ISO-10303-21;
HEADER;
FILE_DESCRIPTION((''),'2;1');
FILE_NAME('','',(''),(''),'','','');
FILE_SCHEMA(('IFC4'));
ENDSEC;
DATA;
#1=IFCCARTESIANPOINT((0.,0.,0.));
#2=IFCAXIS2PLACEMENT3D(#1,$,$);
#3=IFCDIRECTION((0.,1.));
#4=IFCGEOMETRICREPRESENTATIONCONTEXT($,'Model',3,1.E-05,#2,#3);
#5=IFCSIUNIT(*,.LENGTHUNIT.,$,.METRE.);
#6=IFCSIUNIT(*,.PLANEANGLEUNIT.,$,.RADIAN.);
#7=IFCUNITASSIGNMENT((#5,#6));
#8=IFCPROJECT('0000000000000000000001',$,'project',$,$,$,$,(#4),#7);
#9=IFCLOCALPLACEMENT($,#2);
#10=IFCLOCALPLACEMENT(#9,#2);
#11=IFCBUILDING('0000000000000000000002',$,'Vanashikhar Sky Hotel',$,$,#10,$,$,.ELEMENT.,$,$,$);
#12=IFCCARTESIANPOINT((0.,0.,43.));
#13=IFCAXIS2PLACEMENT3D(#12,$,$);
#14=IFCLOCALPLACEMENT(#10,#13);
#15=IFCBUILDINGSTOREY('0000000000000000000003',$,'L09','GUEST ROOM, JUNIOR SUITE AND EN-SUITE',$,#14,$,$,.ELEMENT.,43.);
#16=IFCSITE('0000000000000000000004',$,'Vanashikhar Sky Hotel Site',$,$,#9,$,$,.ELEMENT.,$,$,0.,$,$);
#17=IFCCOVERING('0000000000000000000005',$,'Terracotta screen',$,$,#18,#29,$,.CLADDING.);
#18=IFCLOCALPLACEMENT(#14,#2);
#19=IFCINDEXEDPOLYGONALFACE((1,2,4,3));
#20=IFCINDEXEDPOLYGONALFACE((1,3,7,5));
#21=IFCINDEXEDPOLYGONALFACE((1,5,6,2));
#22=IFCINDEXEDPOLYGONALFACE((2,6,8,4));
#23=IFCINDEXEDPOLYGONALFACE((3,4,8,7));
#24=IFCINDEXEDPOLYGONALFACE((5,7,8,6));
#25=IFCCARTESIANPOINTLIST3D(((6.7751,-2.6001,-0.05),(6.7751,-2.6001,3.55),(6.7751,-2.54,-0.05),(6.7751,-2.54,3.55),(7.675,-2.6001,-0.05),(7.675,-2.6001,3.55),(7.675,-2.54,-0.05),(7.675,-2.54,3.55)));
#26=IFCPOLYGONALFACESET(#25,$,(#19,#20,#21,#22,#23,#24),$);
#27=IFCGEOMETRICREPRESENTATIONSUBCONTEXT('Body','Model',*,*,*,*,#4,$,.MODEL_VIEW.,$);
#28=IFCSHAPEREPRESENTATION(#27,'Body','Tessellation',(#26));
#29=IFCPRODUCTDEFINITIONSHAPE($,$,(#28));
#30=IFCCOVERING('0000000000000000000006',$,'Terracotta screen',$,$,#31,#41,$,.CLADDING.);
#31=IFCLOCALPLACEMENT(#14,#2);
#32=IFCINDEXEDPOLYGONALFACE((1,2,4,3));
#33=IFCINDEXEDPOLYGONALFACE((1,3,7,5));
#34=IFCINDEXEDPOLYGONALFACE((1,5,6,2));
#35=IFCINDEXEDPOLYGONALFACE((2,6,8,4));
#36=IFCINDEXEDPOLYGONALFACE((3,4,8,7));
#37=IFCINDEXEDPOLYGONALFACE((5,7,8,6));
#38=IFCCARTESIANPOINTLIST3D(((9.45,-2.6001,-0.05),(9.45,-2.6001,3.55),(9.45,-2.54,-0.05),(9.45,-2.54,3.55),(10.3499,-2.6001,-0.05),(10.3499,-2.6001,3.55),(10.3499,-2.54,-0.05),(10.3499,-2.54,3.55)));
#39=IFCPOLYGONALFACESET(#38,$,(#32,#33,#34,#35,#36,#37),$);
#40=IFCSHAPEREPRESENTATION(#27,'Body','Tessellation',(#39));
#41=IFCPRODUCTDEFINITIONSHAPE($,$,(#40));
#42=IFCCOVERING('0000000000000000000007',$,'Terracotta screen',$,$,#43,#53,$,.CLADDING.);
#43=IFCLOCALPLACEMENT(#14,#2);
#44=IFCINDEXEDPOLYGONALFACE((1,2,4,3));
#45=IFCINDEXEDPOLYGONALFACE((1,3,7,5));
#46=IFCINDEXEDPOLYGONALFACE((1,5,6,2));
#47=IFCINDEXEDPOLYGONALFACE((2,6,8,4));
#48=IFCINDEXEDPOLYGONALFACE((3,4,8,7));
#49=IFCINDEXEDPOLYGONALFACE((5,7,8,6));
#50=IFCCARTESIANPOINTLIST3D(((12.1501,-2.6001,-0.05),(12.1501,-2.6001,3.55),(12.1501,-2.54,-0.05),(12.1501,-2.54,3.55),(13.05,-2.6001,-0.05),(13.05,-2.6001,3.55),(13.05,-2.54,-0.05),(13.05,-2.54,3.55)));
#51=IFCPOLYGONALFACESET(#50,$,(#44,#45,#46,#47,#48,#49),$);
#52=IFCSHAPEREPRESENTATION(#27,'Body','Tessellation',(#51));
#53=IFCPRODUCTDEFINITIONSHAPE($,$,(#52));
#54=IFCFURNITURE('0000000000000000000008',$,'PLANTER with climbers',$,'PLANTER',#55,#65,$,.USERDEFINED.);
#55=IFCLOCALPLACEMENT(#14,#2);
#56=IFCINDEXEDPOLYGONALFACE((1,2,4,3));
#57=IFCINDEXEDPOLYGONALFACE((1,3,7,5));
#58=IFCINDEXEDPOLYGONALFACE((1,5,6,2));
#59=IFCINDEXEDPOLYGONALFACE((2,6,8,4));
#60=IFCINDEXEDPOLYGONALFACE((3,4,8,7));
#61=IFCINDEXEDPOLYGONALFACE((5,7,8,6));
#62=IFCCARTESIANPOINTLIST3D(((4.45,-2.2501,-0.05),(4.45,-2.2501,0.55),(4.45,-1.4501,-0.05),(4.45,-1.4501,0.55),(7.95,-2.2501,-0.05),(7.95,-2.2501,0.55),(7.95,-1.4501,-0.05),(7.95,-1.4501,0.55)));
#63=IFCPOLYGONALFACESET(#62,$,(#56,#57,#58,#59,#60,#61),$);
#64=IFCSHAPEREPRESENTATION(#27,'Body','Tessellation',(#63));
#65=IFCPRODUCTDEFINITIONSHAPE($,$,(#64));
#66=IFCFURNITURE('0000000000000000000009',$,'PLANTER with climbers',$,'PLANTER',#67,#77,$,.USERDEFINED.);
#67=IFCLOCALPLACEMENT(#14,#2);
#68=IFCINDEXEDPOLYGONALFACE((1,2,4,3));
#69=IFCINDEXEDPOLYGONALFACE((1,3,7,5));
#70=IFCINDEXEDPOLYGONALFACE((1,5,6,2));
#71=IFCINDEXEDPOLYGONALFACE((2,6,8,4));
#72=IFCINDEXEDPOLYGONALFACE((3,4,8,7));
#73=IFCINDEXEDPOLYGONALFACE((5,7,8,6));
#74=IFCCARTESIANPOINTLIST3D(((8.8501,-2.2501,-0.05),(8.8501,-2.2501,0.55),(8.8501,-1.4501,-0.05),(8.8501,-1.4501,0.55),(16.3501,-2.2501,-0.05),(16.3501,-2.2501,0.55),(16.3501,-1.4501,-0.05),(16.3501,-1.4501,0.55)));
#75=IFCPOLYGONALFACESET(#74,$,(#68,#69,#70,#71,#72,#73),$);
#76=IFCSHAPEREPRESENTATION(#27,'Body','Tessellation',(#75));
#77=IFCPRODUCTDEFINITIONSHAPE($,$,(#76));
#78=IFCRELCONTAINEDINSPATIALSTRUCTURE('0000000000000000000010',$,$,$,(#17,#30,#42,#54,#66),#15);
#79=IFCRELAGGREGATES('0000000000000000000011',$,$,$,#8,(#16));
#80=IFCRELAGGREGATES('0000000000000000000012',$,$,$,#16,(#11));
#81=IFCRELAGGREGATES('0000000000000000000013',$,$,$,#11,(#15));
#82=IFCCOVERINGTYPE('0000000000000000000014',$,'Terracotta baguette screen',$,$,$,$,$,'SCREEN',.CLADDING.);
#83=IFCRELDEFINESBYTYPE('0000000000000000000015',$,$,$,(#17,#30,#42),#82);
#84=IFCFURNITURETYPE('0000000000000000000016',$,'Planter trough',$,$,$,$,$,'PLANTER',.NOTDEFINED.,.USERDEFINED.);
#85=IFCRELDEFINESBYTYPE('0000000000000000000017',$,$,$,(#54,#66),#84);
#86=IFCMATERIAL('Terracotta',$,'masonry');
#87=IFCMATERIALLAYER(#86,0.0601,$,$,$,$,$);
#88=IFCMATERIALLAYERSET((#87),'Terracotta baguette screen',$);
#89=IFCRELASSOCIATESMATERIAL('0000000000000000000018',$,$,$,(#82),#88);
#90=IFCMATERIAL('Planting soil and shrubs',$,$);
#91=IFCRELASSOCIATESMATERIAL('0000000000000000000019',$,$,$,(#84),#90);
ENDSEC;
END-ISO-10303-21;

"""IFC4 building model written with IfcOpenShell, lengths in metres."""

from ifc_helpers import new_model, si_unit, direction, frame, origin, origin_2d, place, context, subcontext, project, spatial, rectangle, extrude, source, transform, mapped, material, layer, layer_set, type_object, element, save


model = new_model("IFC4")

# Units and contexts
model_context = context("Model", 3, precision=1e-05, world=origin(), true_north=direction((0.0, 1.0)))
body_context = subcontext(model_context, "Body", "Model", "MODEL_VIEW")
ifc_project = project(units=[si_unit("LENGTHUNIT", "METRE"), si_unit("PLANEANGLEUNIT", "RADIAN")], contexts=[model_context])

# Site, building, storey
site_placement = place(None, origin())
site = spatial("IfcSite", under=ifc_project, at=site_placement, Name="Vanashikhar Sky Hotel Site", CompositionType="ELEMENT", RefElevation=0.0)
building_placement = place(site_placement, origin())
building = spatial("IfcBuilding", under=site, at=building_placement, Name="Vanashikhar Sky Hotel", CompositionType="ELEMENT")
storey_placement = place(building_placement, frame((0.0, 0.0, 43.0)))
storey = spatial("IfcBuildingStorey", under=building, at=storey_placement, Name="L09", Description="GUEST ROOM, JUNIOR SUITE AND EN-SUITE", CompositionType="ELEMENT", Elevation=43.0)

# Coverings
ifc_material_1 = material(Name="Terracotta", Category="masonry")
ifc_layer_1 = layer(ifc_material_1, 0.0601)
ifc_layer_set_1 = layer_set([ifc_layer_1], Name="Terracotta baguette screen")
covering_type = type_object("IfcCoveringType", Name="Terracotta baguette screen", ElementType="SCREEN", PredefinedType="CLADDING", material=ifc_layer_set_1)
shared_shape_1 = source(origin(), body_context, "Body", "SweptSolid", [
    extrude(rectangle(XDim=0.8999, YDim=0.0601, at=origin_2d()), origin(), (0.0, 0.0, 1.0), 3.6001),
])
for number, where, z_axis, x_axis, name in (
    (1, (7.2251, -2.5701, -0.05), (0.0, 0.0, 1.0), (1.0, 0.0, 0.0), "Terracotta screen"),
    (2, (9.8999, -2.5701, -0.05), (0.0, 0.0, 1.0), (1.0, 0.0, 0.0), "Terracotta screen"),
    (3, (12.6001, -2.5701, -0.05), (0.0, 0.0, 1.0), (1.0, 0.0, 0.0), "Terracotta screen"),
):
    element("IfcCovering", number, at=place(storey_placement, frame(where, z_axis=z_axis, x_axis=x_axis)), inside=storey, type_object=covering_type, Name=name, PredefinedType="CLADDING", context=body_context, shape_type="MappedRepresentation", body=[
        mapped(shared_shape_1, transform((0.0, 0.0, 0.0), scale=1.0)),
    ])

# Furniture
ifc_material_2 = material(Name="Planting soil and shrubs")
furniture_type = type_object("IfcFurnitureType", Name="Planter trough", ElementType="PLANTER", AssemblyPlace="NOTDEFINED", PredefinedType="USERDEFINED", material=ifc_material_2)
shared_shape_2 = source(origin(), body_context, "Body", "SweptSolid", [
    extrude(rectangle(XDim=3.5, YDim=0.8, at=origin_2d()), origin(), (0.0, 0.0, 1.0), 0.6001),
])
furniture_1_placement = place(storey_placement, frame((6.2, -1.8501, -0.05), z_axis=(0.0, 0.0, 1.0), x_axis=(1.0, 0.0, 0.0)))
element("IfcFurniture", 4, at=furniture_1_placement, inside=storey, type_object=furniture_type, Name="PLANTER with climbers", ObjectType="PLANTER", PredefinedType="USERDEFINED", context=body_context, shape_type="MappedRepresentation", body=[
    mapped(shared_shape_2, transform((0.0, 0.0, 0.0), scale=1.0)),
])
shared_shape_3 = source(origin(), body_context, "Body", "SweptSolid", [
    extrude(rectangle(XDim=7.5, YDim=0.8, at=origin_2d()), origin(), (0.0, 0.0, 1.0), 0.6001),
])
furniture_2_placement = place(storey_placement, frame((12.6001, -1.8501, -0.05), z_axis=(0.0, 0.0, 1.0), x_axis=(1.0, 0.0, 0.0)))
element("IfcFurniture", 5, at=furniture_2_placement, inside=storey, type_object=furniture_type, Name="PLANTER with climbers", ObjectType="PLANTER", PredefinedType="USERDEFINED", context=body_context, shape_type="MappedRepresentation", body=[
    mapped(shared_shape_3, transform((0.0, 0.0, 0.0), scale=1.0)),
])

save(model, "model.ifc")
